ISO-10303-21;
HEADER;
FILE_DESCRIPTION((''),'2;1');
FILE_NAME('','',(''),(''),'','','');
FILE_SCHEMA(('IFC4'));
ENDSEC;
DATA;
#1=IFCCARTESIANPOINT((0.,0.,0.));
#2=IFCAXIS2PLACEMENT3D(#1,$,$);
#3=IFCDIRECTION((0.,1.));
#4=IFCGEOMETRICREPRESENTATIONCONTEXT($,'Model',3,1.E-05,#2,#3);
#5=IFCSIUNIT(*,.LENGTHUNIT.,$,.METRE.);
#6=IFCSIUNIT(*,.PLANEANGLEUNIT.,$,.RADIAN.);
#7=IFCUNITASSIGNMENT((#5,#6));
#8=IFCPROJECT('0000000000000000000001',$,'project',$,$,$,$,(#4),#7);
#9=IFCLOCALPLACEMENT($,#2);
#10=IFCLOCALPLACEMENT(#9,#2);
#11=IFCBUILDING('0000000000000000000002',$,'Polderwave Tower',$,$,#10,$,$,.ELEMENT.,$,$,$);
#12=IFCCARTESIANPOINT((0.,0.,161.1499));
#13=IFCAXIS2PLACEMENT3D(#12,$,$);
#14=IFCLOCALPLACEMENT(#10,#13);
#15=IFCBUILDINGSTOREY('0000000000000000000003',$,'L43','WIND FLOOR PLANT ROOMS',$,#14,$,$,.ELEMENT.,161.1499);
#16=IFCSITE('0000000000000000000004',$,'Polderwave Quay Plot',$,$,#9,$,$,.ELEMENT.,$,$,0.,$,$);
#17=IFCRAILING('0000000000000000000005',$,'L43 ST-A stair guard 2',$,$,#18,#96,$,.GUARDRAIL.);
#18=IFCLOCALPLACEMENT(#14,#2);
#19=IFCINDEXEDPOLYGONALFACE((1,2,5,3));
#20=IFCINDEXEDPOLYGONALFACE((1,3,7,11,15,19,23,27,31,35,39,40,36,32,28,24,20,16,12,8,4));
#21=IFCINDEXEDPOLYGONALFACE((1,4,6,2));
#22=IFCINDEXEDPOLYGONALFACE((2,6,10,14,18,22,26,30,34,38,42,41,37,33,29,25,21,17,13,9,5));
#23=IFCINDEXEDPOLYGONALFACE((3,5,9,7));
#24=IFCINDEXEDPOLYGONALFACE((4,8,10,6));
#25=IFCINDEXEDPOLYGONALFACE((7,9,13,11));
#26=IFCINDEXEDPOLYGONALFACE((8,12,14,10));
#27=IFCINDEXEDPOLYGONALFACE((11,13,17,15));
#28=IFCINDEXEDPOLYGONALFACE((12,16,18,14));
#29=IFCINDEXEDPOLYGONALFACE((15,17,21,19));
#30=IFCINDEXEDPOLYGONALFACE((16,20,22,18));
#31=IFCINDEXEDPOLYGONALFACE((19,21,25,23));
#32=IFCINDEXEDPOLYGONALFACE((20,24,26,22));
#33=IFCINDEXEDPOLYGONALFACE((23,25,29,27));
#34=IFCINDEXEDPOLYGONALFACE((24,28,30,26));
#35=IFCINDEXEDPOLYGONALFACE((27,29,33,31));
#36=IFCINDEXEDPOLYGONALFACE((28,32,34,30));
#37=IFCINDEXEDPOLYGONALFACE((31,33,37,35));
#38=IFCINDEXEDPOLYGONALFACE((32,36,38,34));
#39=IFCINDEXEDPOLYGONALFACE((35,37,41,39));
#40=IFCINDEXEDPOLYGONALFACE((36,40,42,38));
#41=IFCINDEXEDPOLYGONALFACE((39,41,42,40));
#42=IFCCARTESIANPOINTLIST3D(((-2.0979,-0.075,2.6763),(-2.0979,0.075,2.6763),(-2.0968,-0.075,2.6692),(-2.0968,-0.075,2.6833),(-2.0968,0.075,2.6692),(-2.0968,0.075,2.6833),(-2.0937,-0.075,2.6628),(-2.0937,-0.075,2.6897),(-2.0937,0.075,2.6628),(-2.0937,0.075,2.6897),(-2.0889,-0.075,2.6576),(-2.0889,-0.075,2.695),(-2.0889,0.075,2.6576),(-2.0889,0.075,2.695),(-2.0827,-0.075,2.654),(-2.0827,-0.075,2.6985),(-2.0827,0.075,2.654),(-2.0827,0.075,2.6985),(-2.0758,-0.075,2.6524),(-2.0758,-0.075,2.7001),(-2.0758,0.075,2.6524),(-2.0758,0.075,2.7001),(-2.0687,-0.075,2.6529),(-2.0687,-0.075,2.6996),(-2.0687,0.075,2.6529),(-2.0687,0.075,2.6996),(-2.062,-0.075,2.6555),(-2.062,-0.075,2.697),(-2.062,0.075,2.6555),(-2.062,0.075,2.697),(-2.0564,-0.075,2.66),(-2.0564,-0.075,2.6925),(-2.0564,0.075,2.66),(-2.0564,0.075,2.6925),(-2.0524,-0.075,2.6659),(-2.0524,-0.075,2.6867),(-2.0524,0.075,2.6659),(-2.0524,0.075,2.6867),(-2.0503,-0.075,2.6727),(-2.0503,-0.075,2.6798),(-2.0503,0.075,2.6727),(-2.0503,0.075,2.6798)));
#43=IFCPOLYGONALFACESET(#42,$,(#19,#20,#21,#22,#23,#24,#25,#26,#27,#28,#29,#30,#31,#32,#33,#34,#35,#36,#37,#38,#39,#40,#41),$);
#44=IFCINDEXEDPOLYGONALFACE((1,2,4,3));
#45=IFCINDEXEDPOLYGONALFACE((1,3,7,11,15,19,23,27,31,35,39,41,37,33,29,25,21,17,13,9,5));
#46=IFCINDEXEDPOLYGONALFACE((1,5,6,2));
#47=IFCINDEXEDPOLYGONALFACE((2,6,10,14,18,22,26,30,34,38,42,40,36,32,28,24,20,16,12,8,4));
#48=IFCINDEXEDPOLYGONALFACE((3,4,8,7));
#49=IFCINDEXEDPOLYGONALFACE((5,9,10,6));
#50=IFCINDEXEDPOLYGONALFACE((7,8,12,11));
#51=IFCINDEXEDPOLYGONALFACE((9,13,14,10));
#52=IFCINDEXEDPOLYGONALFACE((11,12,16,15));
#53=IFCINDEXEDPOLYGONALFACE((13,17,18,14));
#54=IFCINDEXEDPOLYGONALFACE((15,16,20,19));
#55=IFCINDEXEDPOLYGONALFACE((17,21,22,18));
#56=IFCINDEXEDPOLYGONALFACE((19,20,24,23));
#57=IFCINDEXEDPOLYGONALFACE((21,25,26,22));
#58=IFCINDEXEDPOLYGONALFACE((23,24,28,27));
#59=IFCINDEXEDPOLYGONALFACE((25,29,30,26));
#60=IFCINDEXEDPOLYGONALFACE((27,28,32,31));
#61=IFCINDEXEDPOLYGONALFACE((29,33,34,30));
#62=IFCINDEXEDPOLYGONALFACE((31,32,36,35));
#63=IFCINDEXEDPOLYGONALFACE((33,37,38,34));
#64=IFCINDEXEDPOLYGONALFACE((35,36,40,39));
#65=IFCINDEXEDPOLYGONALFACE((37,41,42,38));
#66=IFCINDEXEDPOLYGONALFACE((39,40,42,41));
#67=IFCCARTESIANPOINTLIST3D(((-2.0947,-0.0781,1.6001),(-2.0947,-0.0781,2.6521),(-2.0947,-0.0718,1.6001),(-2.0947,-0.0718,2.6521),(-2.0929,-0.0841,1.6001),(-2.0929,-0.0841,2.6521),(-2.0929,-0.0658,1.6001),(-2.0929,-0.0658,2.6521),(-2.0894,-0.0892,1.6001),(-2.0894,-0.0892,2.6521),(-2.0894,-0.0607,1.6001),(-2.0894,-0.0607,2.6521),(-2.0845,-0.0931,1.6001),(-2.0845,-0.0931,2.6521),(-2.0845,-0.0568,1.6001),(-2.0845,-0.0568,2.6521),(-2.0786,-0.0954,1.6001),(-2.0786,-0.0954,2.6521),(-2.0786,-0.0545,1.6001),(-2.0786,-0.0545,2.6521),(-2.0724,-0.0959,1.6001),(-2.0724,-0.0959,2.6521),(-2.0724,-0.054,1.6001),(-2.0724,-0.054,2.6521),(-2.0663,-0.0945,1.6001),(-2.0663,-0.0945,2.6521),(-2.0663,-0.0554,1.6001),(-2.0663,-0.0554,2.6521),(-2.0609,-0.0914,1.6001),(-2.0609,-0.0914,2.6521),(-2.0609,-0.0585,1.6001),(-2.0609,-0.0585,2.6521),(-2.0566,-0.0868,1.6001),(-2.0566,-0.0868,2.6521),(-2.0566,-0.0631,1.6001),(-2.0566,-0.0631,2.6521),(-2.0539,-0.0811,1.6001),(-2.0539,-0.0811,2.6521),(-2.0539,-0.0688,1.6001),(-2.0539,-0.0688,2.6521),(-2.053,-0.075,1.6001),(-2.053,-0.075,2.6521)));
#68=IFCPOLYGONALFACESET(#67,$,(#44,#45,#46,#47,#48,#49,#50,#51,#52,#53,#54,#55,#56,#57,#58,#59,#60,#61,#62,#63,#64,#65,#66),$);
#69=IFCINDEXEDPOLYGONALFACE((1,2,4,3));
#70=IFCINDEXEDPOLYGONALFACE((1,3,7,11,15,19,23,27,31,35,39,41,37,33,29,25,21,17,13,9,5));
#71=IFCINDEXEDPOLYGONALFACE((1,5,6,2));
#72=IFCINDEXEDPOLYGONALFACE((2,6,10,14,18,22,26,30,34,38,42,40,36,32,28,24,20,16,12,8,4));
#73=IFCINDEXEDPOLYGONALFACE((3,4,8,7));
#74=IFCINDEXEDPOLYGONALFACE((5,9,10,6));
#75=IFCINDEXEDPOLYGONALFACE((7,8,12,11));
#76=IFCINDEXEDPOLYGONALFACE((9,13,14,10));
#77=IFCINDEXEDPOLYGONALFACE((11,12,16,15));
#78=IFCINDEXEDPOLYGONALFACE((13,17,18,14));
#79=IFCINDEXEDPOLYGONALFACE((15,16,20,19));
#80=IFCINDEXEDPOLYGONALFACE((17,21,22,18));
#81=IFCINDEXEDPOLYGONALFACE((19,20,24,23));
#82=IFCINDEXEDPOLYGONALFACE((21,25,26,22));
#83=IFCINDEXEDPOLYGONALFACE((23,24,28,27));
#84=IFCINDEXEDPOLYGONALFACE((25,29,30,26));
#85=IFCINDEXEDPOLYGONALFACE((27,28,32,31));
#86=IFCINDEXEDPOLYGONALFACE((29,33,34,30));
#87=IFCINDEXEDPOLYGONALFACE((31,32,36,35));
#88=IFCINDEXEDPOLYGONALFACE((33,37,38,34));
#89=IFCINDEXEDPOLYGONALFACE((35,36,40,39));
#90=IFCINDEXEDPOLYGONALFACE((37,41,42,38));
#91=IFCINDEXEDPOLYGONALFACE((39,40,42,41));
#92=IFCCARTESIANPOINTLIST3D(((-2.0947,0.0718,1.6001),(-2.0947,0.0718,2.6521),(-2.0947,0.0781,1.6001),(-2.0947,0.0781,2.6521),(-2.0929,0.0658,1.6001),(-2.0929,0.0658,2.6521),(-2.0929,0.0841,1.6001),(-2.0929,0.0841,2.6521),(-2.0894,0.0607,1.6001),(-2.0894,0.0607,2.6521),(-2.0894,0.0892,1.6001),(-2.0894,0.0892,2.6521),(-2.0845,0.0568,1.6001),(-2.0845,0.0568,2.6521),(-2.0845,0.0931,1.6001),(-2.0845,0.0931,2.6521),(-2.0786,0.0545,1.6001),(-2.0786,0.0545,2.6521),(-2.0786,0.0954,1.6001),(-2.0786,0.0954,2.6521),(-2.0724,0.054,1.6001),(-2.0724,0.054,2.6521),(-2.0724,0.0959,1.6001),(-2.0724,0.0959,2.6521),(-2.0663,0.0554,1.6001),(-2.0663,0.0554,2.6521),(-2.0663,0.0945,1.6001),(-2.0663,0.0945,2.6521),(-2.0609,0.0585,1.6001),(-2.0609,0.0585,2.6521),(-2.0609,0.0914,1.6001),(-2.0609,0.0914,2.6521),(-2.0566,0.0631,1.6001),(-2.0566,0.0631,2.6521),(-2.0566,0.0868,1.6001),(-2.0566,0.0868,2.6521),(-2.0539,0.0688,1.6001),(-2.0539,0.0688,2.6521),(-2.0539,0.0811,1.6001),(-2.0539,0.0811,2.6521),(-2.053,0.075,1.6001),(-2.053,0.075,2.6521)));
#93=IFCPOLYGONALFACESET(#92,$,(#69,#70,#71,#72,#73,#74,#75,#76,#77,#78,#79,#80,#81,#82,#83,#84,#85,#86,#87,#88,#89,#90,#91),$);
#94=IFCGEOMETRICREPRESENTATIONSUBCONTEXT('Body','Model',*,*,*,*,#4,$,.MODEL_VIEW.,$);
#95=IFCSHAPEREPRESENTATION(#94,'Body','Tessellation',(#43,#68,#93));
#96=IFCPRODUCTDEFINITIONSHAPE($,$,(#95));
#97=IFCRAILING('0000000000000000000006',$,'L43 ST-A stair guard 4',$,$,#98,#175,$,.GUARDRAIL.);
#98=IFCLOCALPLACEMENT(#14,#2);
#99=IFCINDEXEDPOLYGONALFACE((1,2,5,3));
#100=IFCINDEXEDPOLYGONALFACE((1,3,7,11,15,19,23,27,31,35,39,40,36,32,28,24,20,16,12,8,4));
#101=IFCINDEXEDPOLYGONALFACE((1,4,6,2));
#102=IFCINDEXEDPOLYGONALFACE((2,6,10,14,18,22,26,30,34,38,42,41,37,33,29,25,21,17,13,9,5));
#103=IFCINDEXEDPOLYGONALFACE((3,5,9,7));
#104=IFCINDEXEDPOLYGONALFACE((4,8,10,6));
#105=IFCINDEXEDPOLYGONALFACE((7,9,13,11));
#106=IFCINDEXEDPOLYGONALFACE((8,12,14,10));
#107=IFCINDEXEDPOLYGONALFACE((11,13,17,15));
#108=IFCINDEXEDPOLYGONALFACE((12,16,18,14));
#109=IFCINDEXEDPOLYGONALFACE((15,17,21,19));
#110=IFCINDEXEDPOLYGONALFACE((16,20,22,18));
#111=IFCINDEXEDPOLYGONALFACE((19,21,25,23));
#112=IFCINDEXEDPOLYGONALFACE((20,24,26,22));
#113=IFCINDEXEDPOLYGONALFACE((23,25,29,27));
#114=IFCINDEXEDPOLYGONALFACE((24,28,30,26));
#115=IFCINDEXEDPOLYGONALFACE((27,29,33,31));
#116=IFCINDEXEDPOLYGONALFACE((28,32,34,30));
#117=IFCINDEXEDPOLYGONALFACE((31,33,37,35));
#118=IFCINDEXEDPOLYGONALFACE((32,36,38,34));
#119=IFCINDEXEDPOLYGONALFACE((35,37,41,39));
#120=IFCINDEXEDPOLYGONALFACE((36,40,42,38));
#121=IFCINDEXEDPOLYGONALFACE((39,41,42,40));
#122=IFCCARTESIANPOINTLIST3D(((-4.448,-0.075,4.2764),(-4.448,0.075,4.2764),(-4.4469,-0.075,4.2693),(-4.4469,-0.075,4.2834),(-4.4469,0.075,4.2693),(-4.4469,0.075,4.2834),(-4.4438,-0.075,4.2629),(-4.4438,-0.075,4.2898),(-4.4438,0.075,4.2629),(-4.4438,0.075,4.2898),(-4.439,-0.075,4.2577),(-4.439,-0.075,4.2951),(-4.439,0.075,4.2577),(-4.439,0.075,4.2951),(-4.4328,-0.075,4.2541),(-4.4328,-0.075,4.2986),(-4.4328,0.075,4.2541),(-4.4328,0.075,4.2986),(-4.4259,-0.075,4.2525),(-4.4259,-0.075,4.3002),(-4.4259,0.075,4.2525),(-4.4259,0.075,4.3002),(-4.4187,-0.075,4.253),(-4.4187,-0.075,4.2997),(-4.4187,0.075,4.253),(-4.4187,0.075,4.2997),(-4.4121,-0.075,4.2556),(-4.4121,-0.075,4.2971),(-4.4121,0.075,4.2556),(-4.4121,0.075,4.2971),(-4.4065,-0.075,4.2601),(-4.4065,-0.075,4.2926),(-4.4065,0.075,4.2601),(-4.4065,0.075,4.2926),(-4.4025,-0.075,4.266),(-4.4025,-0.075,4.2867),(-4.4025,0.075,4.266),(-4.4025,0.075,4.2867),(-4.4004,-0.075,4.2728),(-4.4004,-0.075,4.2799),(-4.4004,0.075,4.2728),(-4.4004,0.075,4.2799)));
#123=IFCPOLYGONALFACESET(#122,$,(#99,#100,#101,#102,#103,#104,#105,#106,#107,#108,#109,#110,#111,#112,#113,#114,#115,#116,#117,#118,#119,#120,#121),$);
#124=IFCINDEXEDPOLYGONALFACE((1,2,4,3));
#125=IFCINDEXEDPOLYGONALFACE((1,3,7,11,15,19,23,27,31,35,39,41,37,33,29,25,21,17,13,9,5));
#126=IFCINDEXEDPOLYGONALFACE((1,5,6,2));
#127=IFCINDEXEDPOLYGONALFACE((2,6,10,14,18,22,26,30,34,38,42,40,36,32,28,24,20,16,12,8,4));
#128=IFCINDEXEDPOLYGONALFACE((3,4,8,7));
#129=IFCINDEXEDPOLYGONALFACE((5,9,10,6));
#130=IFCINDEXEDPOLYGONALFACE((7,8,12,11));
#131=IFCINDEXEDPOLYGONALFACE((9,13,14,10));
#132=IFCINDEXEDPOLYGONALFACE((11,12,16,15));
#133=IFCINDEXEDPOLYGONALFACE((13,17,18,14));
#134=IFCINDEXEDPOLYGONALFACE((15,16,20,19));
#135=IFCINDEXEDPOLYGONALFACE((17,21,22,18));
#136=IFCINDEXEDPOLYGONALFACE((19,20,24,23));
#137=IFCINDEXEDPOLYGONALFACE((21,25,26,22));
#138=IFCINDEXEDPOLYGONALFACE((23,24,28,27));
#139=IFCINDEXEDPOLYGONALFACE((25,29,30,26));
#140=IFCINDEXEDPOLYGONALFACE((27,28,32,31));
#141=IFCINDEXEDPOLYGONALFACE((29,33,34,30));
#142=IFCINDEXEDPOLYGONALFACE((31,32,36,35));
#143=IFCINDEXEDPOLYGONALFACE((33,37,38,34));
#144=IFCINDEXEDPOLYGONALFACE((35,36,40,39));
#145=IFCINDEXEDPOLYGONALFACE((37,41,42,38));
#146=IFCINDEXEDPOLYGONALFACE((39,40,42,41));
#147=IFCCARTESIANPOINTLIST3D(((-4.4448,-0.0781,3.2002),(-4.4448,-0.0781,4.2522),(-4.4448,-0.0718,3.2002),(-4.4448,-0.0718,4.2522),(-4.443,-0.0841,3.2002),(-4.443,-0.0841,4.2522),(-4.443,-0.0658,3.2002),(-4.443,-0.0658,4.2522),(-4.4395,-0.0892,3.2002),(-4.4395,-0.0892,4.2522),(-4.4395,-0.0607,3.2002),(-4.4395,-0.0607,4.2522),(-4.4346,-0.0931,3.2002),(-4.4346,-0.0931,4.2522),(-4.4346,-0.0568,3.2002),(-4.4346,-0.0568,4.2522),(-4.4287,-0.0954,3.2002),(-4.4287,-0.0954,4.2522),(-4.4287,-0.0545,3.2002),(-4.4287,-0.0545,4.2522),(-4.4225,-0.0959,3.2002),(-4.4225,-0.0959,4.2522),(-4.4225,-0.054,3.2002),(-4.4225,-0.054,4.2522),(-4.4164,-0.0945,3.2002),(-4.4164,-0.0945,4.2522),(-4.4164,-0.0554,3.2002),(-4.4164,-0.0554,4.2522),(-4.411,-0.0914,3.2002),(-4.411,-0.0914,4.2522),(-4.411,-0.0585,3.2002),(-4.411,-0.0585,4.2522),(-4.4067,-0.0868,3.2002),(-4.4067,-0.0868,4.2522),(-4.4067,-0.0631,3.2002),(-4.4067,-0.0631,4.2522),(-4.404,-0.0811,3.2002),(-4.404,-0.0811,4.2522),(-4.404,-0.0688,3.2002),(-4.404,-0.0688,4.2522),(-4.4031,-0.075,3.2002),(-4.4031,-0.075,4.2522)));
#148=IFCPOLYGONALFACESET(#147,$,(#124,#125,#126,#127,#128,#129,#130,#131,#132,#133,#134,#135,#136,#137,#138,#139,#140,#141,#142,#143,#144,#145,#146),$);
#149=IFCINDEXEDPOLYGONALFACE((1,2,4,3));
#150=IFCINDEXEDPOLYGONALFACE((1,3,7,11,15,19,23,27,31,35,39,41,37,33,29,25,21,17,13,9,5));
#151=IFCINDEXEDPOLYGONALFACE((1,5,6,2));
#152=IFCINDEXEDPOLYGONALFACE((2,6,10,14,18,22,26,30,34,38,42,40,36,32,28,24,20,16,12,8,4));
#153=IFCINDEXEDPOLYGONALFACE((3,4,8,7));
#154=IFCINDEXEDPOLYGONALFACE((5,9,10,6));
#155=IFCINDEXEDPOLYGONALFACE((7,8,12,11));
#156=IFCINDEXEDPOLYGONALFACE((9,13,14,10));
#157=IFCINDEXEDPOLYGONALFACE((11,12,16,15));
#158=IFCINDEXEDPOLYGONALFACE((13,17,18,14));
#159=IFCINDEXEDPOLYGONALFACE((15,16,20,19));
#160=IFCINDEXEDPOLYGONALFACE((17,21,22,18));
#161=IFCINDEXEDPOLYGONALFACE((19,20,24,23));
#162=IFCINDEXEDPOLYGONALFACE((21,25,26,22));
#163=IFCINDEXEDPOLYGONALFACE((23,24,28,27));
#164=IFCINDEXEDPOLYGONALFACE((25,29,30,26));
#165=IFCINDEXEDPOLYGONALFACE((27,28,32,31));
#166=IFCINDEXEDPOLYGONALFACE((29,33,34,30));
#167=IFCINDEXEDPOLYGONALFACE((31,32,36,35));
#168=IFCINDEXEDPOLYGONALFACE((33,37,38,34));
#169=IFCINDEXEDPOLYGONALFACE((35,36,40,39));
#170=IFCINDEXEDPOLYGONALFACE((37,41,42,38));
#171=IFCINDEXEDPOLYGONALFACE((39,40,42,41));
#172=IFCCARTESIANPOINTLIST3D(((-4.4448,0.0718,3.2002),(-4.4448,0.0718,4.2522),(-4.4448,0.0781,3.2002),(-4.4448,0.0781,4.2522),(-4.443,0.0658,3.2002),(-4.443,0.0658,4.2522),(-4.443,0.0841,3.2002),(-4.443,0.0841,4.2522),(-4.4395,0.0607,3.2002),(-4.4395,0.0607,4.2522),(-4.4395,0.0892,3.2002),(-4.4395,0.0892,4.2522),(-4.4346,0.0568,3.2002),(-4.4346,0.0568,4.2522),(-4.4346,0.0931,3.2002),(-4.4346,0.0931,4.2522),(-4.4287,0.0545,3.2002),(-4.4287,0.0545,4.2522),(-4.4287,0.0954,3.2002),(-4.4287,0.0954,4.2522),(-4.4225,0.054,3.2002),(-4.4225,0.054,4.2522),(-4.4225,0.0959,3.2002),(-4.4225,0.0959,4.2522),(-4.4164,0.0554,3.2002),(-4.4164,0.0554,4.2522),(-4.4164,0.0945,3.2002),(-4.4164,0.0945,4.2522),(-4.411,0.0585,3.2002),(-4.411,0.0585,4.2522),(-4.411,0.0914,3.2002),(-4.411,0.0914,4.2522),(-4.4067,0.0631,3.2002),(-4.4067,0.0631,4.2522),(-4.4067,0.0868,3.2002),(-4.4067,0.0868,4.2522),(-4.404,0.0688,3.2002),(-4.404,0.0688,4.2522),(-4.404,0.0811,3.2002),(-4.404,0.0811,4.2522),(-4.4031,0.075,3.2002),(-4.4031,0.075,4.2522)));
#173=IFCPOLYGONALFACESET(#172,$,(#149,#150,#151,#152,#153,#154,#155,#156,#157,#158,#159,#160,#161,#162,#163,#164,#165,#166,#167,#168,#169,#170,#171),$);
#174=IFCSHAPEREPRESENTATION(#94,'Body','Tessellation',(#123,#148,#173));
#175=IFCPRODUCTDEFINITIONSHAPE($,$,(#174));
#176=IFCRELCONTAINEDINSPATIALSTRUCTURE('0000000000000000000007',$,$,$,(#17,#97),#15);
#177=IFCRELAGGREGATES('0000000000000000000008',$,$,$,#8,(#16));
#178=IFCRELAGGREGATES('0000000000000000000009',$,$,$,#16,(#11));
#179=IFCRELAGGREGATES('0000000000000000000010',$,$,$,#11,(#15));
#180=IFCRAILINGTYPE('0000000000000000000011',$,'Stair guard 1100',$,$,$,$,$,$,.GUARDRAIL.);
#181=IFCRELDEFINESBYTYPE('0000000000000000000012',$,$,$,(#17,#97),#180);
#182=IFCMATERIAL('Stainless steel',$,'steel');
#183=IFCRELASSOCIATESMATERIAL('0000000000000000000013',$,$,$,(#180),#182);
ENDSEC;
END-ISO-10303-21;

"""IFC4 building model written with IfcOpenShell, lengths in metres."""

from ifc_helpers import new_model, si_unit, direction, frame, origin, origin_2d, place, context, subcontext, project, spatial, circle, extrude, material, type_object, element, save


model = new_model("IFC4")

# Units and contexts
model_context = context("Model", 3, precision=1e-05, world=origin(), true_north=direction((0.0, 1.0)))
body_context = subcontext(model_context, "Body", "Model", "MODEL_VIEW")
ifc_project = project(units=[si_unit("LENGTHUNIT", "METRE"), si_unit("PLANEANGLEUNIT", "RADIAN")], contexts=[model_context])

# Site, building, storey
site_placement = place(None, origin())
site = spatial("IfcSite", under=ifc_project, at=site_placement, Name="Polderwave Quay Plot", CompositionType="ELEMENT", RefElevation=0.0)
building_placement = place(site_placement, origin())
building = spatial("IfcBuilding", under=site, at=building_placement, Name="Polderwave Tower", CompositionType="ELEMENT")
storey_placement = place(building_placement, frame((0.0, 0.0, 161.1499)))
storey = spatial("IfcBuildingStorey", under=building, at=storey_placement, Name="L43", Description="WIND FLOOR PLANT ROOMS", CompositionType="ELEMENT", Elevation=161.1499)

# Railings
ifc_material_1 = material(Name="Stainless steel", Category="steel")
railing_type_1 = type_object("IfcRailingType", Name="Stair guard 1100", PredefinedType="GUARDRAIL", material=ifc_material_1)
for number, where, name in (
    (1, (-2.074, -0.075, 1.6001), "L43 ST-A stair guard 2"),
    (2, (-4.4241, -0.075, 3.2002), "L43 ST-A stair guard 4"),
):
    element("IfcRailing", number, at=place(storey_placement, frame(where)), inside=storey, type_object=railing_type_1, Name=name, PredefinedType="GUARDRAIL", context=body_context, shape_type="SweptSolid", body=[
        extrude(circle(Radius=0.0239, at=origin_2d()), frame((0.0, 0.0, 1.0762), z_axis=(0.0, 1.0, 0.0), x_axis=(-1.0, 0.0, 0.0)), (0.0, 0.0, 1.0), 0.1499),
        extrude(circle(Radius=0.021, at=origin_2d()), origin(), (0.0, 0.0, 1.0), 1.052),
        extrude(circle(Radius=0.021, at=origin_2d()), frame((0.0, 0.1499, 0.0)), (0.0, 0.0, 1.0), 1.052),
    ])

save(model, "model.ifc")
